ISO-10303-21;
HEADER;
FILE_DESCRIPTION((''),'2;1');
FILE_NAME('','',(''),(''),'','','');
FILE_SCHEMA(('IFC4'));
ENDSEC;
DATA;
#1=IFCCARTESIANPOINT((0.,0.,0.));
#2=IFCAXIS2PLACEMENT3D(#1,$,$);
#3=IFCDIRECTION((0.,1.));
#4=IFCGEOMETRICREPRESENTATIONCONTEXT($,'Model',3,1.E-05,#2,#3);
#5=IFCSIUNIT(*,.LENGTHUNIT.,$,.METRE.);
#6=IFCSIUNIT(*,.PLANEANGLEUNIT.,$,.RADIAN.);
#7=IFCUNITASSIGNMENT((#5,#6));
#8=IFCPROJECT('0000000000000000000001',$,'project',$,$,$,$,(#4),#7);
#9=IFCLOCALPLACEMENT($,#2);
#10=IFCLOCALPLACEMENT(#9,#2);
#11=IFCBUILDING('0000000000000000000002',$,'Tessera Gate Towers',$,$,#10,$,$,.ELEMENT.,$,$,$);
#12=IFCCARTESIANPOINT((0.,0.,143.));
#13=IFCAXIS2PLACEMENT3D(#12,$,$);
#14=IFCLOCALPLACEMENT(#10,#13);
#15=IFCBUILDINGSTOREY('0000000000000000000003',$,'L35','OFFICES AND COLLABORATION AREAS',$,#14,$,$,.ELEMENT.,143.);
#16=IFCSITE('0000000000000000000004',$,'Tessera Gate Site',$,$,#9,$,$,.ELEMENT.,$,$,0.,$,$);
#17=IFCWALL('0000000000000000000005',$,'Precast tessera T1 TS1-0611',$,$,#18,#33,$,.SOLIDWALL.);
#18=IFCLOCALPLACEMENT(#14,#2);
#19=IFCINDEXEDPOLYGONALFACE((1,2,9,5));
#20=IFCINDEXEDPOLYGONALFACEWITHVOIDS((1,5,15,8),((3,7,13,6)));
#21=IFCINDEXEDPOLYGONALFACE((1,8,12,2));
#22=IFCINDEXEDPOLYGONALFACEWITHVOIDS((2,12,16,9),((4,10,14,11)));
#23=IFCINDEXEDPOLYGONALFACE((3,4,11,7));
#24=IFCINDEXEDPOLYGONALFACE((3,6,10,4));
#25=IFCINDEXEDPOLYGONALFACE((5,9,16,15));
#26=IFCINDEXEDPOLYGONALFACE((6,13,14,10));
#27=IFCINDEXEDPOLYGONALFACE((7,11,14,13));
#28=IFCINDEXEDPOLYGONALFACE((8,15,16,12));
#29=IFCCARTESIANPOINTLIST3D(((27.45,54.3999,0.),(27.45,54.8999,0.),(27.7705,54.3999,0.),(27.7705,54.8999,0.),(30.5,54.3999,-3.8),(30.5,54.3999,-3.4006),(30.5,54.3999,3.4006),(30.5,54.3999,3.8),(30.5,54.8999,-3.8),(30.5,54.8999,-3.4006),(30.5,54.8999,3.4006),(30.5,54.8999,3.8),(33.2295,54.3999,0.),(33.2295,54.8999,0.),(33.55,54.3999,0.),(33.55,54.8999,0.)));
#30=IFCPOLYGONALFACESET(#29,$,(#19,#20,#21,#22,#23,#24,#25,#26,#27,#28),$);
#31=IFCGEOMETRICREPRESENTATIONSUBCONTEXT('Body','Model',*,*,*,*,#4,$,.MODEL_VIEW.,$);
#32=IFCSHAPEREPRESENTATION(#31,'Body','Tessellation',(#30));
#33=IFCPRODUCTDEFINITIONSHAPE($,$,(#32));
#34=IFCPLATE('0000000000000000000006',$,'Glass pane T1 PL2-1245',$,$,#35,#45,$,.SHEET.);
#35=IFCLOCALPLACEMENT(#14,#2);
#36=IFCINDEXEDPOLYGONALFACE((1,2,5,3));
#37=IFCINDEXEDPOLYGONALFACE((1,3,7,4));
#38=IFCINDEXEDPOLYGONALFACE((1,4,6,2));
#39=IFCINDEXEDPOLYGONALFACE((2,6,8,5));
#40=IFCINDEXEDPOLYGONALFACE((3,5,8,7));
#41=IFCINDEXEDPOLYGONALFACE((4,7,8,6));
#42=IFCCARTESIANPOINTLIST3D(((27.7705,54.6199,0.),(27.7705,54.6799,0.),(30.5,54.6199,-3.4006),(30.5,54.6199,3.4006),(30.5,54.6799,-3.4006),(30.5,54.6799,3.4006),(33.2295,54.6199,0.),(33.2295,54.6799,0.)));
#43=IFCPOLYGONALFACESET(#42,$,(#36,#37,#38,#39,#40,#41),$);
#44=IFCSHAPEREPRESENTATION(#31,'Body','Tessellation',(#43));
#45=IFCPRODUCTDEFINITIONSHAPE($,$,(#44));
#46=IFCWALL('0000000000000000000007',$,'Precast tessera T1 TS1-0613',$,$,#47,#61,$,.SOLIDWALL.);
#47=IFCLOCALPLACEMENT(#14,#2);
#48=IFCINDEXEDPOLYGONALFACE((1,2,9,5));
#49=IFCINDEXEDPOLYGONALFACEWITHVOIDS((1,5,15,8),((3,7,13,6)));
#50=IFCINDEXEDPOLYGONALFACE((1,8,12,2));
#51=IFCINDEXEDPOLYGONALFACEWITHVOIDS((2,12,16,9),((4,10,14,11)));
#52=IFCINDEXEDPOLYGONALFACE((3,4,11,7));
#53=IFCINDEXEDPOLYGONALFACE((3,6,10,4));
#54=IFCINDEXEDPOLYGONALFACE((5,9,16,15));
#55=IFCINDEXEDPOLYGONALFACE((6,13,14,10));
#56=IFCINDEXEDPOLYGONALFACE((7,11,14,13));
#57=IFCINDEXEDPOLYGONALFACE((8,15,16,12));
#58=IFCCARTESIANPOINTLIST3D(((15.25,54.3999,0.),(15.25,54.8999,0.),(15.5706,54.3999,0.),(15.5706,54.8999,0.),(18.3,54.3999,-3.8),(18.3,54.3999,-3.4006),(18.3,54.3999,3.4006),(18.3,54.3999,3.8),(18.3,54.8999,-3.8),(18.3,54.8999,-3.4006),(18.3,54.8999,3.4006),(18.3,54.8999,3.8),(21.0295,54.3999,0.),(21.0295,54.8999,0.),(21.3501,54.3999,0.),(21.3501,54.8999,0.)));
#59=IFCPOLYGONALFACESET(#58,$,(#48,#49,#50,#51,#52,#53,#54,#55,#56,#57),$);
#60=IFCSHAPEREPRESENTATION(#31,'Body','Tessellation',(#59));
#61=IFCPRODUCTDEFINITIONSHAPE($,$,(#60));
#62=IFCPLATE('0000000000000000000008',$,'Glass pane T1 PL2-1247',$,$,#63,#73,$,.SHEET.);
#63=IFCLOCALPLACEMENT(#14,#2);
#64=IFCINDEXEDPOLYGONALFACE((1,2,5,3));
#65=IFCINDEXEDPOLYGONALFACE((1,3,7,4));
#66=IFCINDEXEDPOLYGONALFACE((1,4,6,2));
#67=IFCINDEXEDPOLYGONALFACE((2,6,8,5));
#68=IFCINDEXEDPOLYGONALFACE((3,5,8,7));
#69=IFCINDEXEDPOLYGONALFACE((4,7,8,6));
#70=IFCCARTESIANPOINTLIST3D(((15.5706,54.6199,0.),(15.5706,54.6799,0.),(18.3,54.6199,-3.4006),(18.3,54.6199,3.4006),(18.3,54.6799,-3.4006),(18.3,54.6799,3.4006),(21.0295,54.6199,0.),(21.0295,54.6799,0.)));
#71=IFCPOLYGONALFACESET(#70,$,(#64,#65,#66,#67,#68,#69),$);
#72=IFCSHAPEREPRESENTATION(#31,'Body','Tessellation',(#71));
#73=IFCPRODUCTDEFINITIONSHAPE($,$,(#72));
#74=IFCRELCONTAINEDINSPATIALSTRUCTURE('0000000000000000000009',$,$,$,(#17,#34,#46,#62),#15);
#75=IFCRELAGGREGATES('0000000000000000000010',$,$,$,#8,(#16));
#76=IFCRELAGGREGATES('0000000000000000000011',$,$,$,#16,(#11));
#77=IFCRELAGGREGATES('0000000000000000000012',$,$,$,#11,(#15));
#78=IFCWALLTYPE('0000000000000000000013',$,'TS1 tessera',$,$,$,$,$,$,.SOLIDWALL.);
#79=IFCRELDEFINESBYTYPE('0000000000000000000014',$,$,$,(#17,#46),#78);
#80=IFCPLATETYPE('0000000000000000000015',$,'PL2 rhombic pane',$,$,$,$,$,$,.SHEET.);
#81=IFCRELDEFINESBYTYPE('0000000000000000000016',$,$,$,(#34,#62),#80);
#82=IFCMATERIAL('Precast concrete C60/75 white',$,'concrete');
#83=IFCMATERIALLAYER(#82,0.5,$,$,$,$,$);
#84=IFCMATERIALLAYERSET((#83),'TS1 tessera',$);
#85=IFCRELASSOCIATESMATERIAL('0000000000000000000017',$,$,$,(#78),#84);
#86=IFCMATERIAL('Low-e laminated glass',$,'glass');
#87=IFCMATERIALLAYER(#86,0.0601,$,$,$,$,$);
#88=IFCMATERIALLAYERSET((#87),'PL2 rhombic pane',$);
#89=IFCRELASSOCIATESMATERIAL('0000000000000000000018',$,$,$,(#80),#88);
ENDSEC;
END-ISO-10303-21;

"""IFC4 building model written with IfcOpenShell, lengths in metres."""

from ifc_helpers import new_model, si_unit, direction, frame, origin, place, context, subcontext, project, spatial, polyline, outline, extrude, source, transform, mapped, material, layer, layer_set, type_object, element, fill, save


model = new_model("IFC4")

# Units and contexts
model_context = context("Model", 3, precision=1e-05, world=origin(), true_north=direction((0.0, 1.0)))
body_context = subcontext(model_context, "Body", "Model", "MODEL_VIEW")
ifc_project = project(units=[si_unit("LENGTHUNIT", "METRE"), si_unit("PLANEANGLEUNIT", "RADIAN")], contexts=[model_context])

# Site, building, storey
site_placement = place(None, origin())
site = spatial("IfcSite", under=ifc_project, at=site_placement, Name="Tessera Gate Site", CompositionType="ELEMENT", RefElevation=0.0)
building_placement = place(site_placement, origin())
building = spatial("IfcBuilding", under=site, at=building_placement, Name="Tessera Gate Towers", CompositionType="ELEMENT")
storey_placement = place(building_placement, frame((0.0, 0.0, 143.0)))
storey = spatial("IfcBuildingStorey", under=building, at=storey_placement, Name="L35", Description="OFFICES AND COLLABORATION AREAS", CompositionType="ELEMENT", Elevation=143.0)

# Walls, openings, plates
ifc_material_1 = material(Name="Precast concrete C60/75 white", Category="concrete")
ifc_layer_1 = layer(ifc_material_1, 0.5)
ifc_layer_set_1 = layer_set([ifc_layer_1], Name="TS1 tessera")
wall_type_1 = type_object("IfcWallType", Name="TS1 tessera", PredefinedType="SOLIDWALL", material=ifc_layer_set_1)
shared_shape_1 = source(origin(), body_context, "Body", "SweptSolid", [
    extrude(outline(polyline([(3.05, 0.0), (6.1001, 3.8), (3.05, 7.6001), (0.0, 3.8), (3.05, 0.0)])), frame((0.0, 0.25, 0.0), z_axis=(0.0, -1.0, 0.0), x_axis=(1.0, 0.0, 0.0)), (0.0, 0.0, 1.0), 0.5),
])
wall_1_placement = place(storey_placement, frame((33.55, 54.6499, -3.8), z_axis=(0.0, 0.0, 1.0), x_axis=(-1.0, 0.0, 0.0)))
wall_1 = element("IfcWall", 1, at=wall_1_placement, inside=storey, type_object=wall_type_1, Name="Precast tessera T1 TS1-0611", PredefinedType="SOLIDWALL", context=body_context, shape_type="MappedRepresentation", body=[
    mapped(shared_shape_1, transform((0.0, 0.0, 0.0), scale=1.0)),
])
shared_shape_2 = source(origin(), body_context, "Body", "SweptSolid", [
    extrude(outline(polyline([(3.05, 0.3994), (5.7795, 3.8), (3.05, 7.2007), (0.3206, 3.8), (3.05, 0.3994)])), frame((0.0, 0.26, 0.0), z_axis=(0.0, -1.0, 0.0), x_axis=(1.0, 0.0, 0.0)), (0.0, 0.0, 1.0), 0.52),
])
opening_1_placement = place(wall_1_placement, origin())
opening_1 = element("IfcOpeningElement", 2, at=opening_1_placement, cuts=wall_1, PredefinedType="OPENING", context=body_context, shape_type="MappedRepresentation", body=[
    mapped(shared_shape_2, transform((0.0, 0.0, 0.0), scale=1.0)),
])
ifc_material_2 = material(Name="Low-e laminated glass", Category="glass")
ifc_layer_2 = layer(ifc_material_2, 0.0601)
ifc_layer_set_2 = layer_set([ifc_layer_2], Name="PL2 rhombic pane")
plate_type = type_object("IfcPlateType", Name="PL2 rhombic pane", PredefinedType="SHEET", material=ifc_layer_set_2)
shared_shape_3 = source(origin(), body_context, "Body", "SweptSolid", [
    extrude(outline(polyline([(3.05, 0.3994), (5.7795, 3.8), (3.05, 7.2007), (0.3206, 3.8), (3.05, 0.3994)])), frame((0.0, 0.03, 0.0), z_axis=(0.0, -1.0, 0.0), x_axis=(1.0, 0.0, 0.0)), (0.0, 0.0, 1.0), 0.0601),
])
plate_1_placement = place(opening_1_placement, origin())
plate_1 = element("IfcPlate", 3, at=plate_1_placement, inside=storey, type_object=plate_type, Name="Glass pane T1 PL2-1245", PredefinedType="SHEET", context=body_context, shape_type="MappedRepresentation", body=[
    mapped(shared_shape_3, transform((0.0, 0.0, 0.0), scale=1.0)),
])
fill(opening_1, plate_1)
wall_2_placement = place(storey_placement, frame((21.3501, 54.6499, -3.8), z_axis=(0.0, 0.0, 1.0), x_axis=(-1.0, 0.0, 0.0)))
wall_2 = element("IfcWall", 4, at=wall_2_placement, inside=storey, type_object=wall_type_1, Name="Precast tessera T1 TS1-0613", PredefinedType="SOLIDWALL", context=body_context, shape_type="MappedRepresentation", body=[
    mapped(shared_shape_1, transform((0.0, 0.0, 0.0), scale=1.0)),
])
opening_2_placement = place(wall_2_placement, origin())
opening_2 = element("IfcOpeningElement", 5, at=opening_2_placement, cuts=wall_2, PredefinedType="OPENING", context=body_context, shape_type="MappedRepresentation", body=[
    mapped(shared_shape_2, transform((0.0, 0.0, 0.0), scale=1.0)),
])
plate_2_placement = place(opening_2_placement, origin())
plate_2 = element("IfcPlate", 6, at=plate_2_placement, inside=storey, type_object=plate_type, Name="Glass pane T1 PL2-1247", PredefinedType="SHEET", context=body_context, shape_type="MappedRepresentation", body=[
    mapped(shared_shape_3, transform((0.0, 0.0, 0.0), scale=1.0)),
])
fill(opening_2, plate_2)

save(model, "model.ifc")
